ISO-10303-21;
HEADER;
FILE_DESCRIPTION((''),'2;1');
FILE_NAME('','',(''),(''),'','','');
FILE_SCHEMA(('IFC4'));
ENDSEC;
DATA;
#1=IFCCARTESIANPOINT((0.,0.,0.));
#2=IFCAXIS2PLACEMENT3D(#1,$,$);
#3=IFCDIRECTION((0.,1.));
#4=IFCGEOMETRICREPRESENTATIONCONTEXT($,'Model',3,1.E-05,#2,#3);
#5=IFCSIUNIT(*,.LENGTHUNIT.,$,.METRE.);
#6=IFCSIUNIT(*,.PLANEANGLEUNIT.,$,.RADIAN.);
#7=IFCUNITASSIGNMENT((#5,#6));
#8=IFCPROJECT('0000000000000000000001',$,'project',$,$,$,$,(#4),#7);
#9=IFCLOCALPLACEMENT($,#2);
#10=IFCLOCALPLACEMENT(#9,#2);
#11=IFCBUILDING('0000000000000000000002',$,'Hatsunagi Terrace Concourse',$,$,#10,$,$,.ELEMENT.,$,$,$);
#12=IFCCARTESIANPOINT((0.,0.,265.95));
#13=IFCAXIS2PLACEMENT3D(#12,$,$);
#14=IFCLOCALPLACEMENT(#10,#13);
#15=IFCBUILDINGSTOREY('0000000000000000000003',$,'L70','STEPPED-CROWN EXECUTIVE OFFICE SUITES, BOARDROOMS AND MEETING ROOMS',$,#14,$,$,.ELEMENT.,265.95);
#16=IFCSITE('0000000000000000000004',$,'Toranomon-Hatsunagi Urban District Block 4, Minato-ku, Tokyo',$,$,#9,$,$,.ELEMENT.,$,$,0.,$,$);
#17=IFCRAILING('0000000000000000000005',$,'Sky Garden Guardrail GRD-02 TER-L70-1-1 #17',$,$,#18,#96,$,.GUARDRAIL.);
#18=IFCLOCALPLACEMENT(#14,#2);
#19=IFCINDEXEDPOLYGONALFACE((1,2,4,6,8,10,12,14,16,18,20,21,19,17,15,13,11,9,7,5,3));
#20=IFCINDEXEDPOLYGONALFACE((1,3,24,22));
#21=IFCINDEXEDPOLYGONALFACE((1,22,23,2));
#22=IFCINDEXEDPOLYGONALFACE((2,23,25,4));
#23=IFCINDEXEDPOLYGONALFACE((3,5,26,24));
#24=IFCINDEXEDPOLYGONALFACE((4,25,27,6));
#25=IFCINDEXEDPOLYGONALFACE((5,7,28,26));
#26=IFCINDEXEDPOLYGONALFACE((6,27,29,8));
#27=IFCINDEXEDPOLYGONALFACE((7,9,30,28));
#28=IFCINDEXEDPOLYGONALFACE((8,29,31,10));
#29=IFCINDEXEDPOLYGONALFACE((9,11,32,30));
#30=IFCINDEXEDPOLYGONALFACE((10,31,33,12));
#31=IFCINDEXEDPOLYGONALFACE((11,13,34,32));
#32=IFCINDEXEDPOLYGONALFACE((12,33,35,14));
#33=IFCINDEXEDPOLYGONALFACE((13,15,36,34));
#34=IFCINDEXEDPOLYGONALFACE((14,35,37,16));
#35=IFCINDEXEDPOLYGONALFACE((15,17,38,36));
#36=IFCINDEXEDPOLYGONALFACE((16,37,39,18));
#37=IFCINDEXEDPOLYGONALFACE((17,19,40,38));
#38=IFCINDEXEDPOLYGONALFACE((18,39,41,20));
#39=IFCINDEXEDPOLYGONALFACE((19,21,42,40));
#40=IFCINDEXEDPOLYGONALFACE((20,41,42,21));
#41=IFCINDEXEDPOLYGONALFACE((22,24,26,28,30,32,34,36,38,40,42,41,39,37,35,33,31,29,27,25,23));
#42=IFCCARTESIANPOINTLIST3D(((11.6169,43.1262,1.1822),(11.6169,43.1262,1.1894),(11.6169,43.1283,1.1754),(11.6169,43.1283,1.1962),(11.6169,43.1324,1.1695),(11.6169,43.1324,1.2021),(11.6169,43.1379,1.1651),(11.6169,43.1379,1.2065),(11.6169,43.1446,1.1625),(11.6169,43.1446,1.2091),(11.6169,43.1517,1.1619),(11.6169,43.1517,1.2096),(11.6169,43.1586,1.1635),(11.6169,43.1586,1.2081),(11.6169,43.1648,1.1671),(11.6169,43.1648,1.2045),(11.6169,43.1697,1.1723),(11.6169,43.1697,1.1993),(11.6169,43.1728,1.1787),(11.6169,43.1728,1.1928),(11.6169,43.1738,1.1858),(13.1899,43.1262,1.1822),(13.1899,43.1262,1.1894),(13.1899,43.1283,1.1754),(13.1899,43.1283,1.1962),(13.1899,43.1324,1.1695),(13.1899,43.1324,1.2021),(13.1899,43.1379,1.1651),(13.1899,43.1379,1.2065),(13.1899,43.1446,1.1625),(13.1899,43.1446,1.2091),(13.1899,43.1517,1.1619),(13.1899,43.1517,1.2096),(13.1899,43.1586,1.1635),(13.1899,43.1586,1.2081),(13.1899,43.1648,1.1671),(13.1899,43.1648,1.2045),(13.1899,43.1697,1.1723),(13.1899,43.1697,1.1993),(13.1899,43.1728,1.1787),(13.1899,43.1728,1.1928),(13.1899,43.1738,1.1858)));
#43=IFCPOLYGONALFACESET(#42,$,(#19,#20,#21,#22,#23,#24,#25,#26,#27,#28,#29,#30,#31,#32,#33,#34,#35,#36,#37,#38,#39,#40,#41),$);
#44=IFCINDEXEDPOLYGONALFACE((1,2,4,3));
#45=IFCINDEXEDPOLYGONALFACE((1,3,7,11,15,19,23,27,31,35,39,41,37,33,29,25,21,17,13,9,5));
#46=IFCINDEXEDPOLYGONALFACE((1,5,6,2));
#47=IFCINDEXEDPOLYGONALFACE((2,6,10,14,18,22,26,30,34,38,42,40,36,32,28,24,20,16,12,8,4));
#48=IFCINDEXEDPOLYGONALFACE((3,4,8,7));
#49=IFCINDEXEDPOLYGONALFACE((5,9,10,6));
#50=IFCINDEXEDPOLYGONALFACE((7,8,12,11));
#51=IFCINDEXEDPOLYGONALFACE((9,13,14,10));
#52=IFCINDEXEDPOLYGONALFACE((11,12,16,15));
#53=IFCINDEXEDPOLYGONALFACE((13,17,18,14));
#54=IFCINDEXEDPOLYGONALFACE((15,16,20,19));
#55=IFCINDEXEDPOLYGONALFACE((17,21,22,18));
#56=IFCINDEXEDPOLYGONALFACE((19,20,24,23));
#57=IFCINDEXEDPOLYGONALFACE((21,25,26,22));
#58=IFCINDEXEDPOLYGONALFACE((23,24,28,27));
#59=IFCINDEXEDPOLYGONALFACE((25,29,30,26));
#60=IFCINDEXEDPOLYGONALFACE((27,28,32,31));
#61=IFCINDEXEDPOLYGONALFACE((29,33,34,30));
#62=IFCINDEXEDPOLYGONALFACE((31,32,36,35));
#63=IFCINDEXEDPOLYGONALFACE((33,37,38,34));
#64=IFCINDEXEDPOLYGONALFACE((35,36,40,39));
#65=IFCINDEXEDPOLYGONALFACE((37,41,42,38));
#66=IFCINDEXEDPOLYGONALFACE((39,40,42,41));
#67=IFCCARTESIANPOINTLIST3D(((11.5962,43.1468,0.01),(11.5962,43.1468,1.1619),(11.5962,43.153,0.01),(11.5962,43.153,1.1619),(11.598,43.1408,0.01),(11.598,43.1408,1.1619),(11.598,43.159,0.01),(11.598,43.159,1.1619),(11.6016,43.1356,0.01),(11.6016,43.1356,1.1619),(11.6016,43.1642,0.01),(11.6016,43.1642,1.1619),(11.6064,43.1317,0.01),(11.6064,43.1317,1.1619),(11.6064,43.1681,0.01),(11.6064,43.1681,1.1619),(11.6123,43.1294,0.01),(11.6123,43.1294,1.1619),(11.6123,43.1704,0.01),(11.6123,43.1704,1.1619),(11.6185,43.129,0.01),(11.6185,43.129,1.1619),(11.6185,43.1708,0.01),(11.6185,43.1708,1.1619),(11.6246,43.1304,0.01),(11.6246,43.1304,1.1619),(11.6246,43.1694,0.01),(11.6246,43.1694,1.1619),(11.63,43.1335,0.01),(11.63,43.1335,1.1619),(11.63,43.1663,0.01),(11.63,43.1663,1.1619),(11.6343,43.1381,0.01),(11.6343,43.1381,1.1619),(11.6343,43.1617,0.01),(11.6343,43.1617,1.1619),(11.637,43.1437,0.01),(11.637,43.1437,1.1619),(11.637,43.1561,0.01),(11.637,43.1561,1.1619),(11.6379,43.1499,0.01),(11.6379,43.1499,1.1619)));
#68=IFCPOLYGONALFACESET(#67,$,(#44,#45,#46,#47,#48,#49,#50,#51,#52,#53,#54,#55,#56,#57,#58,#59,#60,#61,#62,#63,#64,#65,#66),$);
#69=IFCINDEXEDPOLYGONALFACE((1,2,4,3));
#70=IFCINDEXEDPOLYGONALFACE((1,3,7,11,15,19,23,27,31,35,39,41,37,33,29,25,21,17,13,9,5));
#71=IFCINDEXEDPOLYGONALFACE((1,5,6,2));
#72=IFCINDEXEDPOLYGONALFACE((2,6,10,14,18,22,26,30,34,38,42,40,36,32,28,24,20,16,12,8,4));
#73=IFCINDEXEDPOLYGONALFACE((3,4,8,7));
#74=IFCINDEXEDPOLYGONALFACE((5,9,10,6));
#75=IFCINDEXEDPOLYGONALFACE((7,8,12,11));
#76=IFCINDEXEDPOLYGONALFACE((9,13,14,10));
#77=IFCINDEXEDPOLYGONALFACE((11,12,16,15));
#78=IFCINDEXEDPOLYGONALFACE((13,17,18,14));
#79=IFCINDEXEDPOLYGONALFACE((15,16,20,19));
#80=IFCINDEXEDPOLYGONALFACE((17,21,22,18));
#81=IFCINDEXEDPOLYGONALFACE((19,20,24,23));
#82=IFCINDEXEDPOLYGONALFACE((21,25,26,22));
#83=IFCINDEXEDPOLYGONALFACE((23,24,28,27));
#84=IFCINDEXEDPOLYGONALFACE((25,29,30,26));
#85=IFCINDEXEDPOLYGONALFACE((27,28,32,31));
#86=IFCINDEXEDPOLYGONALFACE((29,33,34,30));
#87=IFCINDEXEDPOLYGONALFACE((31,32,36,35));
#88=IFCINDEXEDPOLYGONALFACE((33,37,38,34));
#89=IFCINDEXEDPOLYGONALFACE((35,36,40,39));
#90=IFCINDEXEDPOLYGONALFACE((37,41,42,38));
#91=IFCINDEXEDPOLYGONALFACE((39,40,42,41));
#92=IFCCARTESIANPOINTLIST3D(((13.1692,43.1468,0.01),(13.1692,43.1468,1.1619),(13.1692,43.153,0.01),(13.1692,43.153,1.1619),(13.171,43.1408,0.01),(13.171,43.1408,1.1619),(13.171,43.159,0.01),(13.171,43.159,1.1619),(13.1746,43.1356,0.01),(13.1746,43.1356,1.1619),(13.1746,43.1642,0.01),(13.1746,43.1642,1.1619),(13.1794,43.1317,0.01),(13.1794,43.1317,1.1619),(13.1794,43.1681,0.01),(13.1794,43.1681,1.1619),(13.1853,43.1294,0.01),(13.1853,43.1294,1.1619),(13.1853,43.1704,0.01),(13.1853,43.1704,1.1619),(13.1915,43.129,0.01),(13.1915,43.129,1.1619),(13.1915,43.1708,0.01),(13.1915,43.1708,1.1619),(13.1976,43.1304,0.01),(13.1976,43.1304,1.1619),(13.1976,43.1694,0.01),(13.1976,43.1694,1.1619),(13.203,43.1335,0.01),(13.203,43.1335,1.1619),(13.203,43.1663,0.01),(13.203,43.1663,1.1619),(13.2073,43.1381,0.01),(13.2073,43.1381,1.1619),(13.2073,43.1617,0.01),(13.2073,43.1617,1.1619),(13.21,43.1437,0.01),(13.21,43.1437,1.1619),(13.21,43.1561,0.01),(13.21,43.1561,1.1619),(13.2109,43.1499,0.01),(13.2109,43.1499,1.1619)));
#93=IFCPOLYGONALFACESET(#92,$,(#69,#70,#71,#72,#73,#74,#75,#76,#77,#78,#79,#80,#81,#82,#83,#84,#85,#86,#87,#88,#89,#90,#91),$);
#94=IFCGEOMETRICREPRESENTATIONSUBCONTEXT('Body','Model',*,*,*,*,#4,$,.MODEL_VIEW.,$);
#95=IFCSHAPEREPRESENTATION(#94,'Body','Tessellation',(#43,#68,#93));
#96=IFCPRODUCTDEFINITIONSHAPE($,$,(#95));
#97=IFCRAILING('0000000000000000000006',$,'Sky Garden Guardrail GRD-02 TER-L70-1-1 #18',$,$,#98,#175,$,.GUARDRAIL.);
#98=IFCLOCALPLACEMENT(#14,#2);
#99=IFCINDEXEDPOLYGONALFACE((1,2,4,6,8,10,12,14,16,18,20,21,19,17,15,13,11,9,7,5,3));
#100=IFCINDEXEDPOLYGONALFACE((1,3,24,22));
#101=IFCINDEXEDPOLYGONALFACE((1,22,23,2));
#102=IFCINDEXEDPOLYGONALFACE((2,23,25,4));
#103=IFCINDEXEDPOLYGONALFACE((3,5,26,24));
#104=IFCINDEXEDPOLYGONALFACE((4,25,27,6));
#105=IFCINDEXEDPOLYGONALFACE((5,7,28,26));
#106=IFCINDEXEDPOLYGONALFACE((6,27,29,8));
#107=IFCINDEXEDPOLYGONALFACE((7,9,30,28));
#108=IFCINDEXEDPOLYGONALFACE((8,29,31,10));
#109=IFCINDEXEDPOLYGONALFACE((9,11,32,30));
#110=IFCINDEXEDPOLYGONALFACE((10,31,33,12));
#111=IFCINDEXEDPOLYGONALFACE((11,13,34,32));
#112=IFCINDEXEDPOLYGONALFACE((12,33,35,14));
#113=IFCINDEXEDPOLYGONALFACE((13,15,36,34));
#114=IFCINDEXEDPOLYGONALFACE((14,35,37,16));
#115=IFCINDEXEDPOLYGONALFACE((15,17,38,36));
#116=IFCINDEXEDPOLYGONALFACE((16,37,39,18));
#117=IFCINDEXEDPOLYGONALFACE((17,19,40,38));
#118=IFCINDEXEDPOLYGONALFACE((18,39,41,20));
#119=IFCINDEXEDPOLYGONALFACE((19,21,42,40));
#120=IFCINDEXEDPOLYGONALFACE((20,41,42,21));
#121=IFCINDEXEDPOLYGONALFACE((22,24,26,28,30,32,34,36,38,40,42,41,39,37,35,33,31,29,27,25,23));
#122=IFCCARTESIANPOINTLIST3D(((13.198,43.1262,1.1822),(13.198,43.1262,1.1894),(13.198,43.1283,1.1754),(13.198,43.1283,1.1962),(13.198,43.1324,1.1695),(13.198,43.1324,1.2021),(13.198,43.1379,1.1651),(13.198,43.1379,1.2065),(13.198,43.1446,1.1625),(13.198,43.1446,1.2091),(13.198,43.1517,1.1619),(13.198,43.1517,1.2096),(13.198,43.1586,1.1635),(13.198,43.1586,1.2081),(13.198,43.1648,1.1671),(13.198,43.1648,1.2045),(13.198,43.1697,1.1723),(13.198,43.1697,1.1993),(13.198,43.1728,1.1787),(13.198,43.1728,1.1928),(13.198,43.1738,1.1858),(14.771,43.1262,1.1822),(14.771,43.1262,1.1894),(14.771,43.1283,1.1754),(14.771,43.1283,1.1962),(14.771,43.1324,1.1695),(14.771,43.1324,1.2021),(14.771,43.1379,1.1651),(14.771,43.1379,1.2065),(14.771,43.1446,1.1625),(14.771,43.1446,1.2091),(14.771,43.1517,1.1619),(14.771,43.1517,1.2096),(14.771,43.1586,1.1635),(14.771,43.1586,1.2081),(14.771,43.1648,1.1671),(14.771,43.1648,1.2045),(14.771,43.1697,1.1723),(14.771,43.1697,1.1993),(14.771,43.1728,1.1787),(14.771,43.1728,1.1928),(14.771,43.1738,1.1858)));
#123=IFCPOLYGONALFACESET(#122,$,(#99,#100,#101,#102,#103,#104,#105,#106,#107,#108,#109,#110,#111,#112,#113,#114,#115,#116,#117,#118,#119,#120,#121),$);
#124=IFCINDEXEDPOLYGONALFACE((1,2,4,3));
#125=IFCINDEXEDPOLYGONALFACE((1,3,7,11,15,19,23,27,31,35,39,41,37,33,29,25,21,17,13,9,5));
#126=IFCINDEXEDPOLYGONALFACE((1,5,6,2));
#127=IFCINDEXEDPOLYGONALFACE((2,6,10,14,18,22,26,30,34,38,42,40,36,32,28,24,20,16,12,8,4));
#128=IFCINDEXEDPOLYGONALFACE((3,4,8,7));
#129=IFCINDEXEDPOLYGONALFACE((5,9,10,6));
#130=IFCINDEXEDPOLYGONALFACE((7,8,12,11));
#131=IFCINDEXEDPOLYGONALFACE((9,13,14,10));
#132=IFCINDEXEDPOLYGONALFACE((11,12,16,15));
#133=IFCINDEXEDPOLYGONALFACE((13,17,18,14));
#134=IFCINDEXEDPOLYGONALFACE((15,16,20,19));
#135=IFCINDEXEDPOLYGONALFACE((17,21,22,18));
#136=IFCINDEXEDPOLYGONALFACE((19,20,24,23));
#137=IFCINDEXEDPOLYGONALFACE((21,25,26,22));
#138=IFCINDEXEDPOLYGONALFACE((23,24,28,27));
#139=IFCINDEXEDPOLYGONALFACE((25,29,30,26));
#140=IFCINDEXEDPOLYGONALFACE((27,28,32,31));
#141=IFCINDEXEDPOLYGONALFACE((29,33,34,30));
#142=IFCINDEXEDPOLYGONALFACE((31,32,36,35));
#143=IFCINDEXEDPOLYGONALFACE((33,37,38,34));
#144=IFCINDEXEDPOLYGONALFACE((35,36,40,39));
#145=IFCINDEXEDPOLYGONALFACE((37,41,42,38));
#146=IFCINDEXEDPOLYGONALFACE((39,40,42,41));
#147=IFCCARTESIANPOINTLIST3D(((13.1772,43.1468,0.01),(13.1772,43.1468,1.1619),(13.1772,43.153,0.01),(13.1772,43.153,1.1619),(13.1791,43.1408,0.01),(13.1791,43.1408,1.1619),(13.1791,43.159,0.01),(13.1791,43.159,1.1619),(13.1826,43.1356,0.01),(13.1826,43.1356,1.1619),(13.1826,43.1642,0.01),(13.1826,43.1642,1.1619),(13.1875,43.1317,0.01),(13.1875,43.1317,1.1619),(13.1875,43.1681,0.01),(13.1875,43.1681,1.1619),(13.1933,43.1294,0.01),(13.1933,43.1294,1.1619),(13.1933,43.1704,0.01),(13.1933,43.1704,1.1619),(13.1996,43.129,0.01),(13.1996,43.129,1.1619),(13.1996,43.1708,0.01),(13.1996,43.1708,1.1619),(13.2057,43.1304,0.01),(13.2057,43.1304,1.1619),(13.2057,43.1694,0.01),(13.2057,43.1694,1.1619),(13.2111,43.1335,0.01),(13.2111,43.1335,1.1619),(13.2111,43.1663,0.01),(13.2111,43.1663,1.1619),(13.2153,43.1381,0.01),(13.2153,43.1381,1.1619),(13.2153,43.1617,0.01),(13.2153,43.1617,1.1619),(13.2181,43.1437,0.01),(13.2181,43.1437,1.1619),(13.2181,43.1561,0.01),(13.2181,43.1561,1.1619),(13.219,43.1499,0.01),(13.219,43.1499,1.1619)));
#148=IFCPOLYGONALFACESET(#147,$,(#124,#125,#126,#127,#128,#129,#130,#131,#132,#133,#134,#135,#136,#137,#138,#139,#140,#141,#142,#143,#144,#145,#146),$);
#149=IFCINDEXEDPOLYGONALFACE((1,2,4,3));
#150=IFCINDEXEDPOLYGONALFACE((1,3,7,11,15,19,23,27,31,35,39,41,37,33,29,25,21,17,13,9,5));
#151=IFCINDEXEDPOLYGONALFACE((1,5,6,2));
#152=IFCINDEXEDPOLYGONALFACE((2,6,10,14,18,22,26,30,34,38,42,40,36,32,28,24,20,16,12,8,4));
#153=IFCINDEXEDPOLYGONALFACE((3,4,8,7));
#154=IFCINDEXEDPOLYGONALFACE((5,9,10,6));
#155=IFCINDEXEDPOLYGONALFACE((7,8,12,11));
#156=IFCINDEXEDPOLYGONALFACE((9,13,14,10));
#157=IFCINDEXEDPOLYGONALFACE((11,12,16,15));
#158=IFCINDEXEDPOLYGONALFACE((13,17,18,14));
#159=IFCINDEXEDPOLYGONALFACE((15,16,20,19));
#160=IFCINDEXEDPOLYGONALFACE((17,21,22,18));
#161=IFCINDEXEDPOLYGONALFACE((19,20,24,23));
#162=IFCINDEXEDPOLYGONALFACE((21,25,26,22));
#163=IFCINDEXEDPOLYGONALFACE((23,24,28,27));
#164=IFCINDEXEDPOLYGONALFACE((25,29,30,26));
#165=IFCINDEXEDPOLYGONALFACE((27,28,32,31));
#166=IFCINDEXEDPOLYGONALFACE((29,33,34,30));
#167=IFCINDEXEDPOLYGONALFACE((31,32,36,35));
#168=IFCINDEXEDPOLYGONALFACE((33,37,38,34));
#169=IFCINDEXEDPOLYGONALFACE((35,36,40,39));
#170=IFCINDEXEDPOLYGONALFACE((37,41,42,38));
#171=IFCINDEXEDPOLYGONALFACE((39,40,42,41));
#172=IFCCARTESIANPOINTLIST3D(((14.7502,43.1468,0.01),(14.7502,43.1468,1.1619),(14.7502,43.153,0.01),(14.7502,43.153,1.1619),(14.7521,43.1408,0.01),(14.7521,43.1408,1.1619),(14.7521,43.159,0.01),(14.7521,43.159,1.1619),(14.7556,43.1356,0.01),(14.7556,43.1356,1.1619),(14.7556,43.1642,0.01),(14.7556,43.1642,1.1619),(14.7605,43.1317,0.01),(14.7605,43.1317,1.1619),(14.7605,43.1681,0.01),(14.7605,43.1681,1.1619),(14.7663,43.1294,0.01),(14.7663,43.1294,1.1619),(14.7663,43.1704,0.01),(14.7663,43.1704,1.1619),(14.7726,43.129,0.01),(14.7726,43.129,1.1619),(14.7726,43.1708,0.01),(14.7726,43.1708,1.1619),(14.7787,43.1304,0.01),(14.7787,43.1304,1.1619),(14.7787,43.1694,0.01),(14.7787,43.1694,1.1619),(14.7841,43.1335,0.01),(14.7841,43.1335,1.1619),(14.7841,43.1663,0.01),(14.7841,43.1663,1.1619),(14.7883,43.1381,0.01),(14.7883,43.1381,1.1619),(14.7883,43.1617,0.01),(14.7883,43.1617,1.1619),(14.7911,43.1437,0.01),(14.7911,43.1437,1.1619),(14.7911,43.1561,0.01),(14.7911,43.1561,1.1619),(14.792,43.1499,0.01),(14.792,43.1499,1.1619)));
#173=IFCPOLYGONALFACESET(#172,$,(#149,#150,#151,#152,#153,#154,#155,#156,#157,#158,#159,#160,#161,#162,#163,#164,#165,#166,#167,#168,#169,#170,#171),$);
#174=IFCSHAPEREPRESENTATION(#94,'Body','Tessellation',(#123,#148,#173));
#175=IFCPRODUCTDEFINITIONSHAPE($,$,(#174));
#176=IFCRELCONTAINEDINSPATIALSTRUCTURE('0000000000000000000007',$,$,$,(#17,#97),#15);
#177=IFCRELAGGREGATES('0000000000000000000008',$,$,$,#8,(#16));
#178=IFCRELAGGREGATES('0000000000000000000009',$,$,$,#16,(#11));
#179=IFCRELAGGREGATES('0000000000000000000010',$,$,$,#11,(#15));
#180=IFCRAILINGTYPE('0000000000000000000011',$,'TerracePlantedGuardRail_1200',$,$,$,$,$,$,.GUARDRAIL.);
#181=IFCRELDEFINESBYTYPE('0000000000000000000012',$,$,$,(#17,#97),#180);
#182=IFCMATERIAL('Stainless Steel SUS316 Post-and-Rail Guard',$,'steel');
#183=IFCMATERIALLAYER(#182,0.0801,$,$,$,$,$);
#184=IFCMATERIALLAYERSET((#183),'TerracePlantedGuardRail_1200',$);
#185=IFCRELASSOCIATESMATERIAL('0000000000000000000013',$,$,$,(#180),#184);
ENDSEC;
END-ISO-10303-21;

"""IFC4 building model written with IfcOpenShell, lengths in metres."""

from ifc_helpers import new_model, si_unit, direction, frame, origin, origin_2d, place, context, subcontext, project, spatial, circle, extrude, material, layer, layer_set, type_object, element, save


model = new_model("IFC4")

# Units and contexts
model_context = context("Model", 3, precision=1e-05, world=origin(), true_north=direction((0.0, 1.0)))
body_context = subcontext(model_context, "Body", "Model", "MODEL_VIEW")
ifc_project = project(units=[si_unit("LENGTHUNIT", "METRE"), si_unit("PLANEANGLEUNIT", "RADIAN")], contexts=[model_context])

# Site, building, storey
site_placement = place(None, origin())
site = spatial("IfcSite", under=ifc_project, at=site_placement, Name="Toranomon-Hatsunagi Urban District Block 4, Minato-ku, Tokyo", CompositionType="ELEMENT", RefElevation=0.0)
building_placement = place(site_placement, origin())
building = spatial("IfcBuilding", under=site, at=building_placement, Name="Hatsunagi Terrace Concourse", CompositionType="ELEMENT")
storey_placement = place(building_placement, frame((0.0, 0.0, 265.95)))
storey = spatial("IfcBuildingStorey", under=building, at=storey_placement, Name="L70", Description="STEPPED-CROWN EXECUTIVE OFFICE SUITES, BOARDROOMS AND MEETING ROOMS", CompositionType="ELEMENT", Elevation=265.95)

# Railings
ifc_material_1 = material(Name="Stainless Steel SUS316 Post-and-Rail Guard", Category="steel")
ifc_layer_1 = layer(ifc_material_1, 0.0801)
ifc_layer_set_1 = layer_set([ifc_layer_1], Name="TerracePlantedGuardRail_1200")
railing_type = type_object("IfcRailingType", Name="TerracePlantedGuardRail_1200", PredefinedType="GUARDRAIL", material=ifc_layer_set_1)
for number, where, name in (
    (1, (11.6169, 43.1499, 0.01), "Sky Garden Guardrail GRD-02 TER-L70-1-1 #17"),
    (2, (13.198, 43.1499, 0.01), "Sky Garden Guardrail GRD-02 TER-L70-1-1 #18"),
):
    element("IfcRailing", number, at=place(storey_placement, frame(where)), inside=storey, type_object=railing_type, Name=name, PredefinedType="GUARDRAIL", context=body_context, shape_type="SweptSolid", body=[
        extrude(circle(Radius=0.0239, at=origin_2d()), frame((0.0, 0.0, 1.1758), z_axis=(1.0, 0.0, 0.0), x_axis=(0.0, 1.0, 0.0)), (0.0, 0.0, 1.0), 1.573),
        extrude(circle(Radius=0.021, at=origin_2d()), origin(), (0.0, 0.0, 1.0), 1.1519),
        extrude(circle(Radius=0.021, at=origin_2d()), frame((1.573, 0.0, 0.0)), (0.0, 0.0, 1.0), 1.1519),
    ])

save(model, "model.ifc")
